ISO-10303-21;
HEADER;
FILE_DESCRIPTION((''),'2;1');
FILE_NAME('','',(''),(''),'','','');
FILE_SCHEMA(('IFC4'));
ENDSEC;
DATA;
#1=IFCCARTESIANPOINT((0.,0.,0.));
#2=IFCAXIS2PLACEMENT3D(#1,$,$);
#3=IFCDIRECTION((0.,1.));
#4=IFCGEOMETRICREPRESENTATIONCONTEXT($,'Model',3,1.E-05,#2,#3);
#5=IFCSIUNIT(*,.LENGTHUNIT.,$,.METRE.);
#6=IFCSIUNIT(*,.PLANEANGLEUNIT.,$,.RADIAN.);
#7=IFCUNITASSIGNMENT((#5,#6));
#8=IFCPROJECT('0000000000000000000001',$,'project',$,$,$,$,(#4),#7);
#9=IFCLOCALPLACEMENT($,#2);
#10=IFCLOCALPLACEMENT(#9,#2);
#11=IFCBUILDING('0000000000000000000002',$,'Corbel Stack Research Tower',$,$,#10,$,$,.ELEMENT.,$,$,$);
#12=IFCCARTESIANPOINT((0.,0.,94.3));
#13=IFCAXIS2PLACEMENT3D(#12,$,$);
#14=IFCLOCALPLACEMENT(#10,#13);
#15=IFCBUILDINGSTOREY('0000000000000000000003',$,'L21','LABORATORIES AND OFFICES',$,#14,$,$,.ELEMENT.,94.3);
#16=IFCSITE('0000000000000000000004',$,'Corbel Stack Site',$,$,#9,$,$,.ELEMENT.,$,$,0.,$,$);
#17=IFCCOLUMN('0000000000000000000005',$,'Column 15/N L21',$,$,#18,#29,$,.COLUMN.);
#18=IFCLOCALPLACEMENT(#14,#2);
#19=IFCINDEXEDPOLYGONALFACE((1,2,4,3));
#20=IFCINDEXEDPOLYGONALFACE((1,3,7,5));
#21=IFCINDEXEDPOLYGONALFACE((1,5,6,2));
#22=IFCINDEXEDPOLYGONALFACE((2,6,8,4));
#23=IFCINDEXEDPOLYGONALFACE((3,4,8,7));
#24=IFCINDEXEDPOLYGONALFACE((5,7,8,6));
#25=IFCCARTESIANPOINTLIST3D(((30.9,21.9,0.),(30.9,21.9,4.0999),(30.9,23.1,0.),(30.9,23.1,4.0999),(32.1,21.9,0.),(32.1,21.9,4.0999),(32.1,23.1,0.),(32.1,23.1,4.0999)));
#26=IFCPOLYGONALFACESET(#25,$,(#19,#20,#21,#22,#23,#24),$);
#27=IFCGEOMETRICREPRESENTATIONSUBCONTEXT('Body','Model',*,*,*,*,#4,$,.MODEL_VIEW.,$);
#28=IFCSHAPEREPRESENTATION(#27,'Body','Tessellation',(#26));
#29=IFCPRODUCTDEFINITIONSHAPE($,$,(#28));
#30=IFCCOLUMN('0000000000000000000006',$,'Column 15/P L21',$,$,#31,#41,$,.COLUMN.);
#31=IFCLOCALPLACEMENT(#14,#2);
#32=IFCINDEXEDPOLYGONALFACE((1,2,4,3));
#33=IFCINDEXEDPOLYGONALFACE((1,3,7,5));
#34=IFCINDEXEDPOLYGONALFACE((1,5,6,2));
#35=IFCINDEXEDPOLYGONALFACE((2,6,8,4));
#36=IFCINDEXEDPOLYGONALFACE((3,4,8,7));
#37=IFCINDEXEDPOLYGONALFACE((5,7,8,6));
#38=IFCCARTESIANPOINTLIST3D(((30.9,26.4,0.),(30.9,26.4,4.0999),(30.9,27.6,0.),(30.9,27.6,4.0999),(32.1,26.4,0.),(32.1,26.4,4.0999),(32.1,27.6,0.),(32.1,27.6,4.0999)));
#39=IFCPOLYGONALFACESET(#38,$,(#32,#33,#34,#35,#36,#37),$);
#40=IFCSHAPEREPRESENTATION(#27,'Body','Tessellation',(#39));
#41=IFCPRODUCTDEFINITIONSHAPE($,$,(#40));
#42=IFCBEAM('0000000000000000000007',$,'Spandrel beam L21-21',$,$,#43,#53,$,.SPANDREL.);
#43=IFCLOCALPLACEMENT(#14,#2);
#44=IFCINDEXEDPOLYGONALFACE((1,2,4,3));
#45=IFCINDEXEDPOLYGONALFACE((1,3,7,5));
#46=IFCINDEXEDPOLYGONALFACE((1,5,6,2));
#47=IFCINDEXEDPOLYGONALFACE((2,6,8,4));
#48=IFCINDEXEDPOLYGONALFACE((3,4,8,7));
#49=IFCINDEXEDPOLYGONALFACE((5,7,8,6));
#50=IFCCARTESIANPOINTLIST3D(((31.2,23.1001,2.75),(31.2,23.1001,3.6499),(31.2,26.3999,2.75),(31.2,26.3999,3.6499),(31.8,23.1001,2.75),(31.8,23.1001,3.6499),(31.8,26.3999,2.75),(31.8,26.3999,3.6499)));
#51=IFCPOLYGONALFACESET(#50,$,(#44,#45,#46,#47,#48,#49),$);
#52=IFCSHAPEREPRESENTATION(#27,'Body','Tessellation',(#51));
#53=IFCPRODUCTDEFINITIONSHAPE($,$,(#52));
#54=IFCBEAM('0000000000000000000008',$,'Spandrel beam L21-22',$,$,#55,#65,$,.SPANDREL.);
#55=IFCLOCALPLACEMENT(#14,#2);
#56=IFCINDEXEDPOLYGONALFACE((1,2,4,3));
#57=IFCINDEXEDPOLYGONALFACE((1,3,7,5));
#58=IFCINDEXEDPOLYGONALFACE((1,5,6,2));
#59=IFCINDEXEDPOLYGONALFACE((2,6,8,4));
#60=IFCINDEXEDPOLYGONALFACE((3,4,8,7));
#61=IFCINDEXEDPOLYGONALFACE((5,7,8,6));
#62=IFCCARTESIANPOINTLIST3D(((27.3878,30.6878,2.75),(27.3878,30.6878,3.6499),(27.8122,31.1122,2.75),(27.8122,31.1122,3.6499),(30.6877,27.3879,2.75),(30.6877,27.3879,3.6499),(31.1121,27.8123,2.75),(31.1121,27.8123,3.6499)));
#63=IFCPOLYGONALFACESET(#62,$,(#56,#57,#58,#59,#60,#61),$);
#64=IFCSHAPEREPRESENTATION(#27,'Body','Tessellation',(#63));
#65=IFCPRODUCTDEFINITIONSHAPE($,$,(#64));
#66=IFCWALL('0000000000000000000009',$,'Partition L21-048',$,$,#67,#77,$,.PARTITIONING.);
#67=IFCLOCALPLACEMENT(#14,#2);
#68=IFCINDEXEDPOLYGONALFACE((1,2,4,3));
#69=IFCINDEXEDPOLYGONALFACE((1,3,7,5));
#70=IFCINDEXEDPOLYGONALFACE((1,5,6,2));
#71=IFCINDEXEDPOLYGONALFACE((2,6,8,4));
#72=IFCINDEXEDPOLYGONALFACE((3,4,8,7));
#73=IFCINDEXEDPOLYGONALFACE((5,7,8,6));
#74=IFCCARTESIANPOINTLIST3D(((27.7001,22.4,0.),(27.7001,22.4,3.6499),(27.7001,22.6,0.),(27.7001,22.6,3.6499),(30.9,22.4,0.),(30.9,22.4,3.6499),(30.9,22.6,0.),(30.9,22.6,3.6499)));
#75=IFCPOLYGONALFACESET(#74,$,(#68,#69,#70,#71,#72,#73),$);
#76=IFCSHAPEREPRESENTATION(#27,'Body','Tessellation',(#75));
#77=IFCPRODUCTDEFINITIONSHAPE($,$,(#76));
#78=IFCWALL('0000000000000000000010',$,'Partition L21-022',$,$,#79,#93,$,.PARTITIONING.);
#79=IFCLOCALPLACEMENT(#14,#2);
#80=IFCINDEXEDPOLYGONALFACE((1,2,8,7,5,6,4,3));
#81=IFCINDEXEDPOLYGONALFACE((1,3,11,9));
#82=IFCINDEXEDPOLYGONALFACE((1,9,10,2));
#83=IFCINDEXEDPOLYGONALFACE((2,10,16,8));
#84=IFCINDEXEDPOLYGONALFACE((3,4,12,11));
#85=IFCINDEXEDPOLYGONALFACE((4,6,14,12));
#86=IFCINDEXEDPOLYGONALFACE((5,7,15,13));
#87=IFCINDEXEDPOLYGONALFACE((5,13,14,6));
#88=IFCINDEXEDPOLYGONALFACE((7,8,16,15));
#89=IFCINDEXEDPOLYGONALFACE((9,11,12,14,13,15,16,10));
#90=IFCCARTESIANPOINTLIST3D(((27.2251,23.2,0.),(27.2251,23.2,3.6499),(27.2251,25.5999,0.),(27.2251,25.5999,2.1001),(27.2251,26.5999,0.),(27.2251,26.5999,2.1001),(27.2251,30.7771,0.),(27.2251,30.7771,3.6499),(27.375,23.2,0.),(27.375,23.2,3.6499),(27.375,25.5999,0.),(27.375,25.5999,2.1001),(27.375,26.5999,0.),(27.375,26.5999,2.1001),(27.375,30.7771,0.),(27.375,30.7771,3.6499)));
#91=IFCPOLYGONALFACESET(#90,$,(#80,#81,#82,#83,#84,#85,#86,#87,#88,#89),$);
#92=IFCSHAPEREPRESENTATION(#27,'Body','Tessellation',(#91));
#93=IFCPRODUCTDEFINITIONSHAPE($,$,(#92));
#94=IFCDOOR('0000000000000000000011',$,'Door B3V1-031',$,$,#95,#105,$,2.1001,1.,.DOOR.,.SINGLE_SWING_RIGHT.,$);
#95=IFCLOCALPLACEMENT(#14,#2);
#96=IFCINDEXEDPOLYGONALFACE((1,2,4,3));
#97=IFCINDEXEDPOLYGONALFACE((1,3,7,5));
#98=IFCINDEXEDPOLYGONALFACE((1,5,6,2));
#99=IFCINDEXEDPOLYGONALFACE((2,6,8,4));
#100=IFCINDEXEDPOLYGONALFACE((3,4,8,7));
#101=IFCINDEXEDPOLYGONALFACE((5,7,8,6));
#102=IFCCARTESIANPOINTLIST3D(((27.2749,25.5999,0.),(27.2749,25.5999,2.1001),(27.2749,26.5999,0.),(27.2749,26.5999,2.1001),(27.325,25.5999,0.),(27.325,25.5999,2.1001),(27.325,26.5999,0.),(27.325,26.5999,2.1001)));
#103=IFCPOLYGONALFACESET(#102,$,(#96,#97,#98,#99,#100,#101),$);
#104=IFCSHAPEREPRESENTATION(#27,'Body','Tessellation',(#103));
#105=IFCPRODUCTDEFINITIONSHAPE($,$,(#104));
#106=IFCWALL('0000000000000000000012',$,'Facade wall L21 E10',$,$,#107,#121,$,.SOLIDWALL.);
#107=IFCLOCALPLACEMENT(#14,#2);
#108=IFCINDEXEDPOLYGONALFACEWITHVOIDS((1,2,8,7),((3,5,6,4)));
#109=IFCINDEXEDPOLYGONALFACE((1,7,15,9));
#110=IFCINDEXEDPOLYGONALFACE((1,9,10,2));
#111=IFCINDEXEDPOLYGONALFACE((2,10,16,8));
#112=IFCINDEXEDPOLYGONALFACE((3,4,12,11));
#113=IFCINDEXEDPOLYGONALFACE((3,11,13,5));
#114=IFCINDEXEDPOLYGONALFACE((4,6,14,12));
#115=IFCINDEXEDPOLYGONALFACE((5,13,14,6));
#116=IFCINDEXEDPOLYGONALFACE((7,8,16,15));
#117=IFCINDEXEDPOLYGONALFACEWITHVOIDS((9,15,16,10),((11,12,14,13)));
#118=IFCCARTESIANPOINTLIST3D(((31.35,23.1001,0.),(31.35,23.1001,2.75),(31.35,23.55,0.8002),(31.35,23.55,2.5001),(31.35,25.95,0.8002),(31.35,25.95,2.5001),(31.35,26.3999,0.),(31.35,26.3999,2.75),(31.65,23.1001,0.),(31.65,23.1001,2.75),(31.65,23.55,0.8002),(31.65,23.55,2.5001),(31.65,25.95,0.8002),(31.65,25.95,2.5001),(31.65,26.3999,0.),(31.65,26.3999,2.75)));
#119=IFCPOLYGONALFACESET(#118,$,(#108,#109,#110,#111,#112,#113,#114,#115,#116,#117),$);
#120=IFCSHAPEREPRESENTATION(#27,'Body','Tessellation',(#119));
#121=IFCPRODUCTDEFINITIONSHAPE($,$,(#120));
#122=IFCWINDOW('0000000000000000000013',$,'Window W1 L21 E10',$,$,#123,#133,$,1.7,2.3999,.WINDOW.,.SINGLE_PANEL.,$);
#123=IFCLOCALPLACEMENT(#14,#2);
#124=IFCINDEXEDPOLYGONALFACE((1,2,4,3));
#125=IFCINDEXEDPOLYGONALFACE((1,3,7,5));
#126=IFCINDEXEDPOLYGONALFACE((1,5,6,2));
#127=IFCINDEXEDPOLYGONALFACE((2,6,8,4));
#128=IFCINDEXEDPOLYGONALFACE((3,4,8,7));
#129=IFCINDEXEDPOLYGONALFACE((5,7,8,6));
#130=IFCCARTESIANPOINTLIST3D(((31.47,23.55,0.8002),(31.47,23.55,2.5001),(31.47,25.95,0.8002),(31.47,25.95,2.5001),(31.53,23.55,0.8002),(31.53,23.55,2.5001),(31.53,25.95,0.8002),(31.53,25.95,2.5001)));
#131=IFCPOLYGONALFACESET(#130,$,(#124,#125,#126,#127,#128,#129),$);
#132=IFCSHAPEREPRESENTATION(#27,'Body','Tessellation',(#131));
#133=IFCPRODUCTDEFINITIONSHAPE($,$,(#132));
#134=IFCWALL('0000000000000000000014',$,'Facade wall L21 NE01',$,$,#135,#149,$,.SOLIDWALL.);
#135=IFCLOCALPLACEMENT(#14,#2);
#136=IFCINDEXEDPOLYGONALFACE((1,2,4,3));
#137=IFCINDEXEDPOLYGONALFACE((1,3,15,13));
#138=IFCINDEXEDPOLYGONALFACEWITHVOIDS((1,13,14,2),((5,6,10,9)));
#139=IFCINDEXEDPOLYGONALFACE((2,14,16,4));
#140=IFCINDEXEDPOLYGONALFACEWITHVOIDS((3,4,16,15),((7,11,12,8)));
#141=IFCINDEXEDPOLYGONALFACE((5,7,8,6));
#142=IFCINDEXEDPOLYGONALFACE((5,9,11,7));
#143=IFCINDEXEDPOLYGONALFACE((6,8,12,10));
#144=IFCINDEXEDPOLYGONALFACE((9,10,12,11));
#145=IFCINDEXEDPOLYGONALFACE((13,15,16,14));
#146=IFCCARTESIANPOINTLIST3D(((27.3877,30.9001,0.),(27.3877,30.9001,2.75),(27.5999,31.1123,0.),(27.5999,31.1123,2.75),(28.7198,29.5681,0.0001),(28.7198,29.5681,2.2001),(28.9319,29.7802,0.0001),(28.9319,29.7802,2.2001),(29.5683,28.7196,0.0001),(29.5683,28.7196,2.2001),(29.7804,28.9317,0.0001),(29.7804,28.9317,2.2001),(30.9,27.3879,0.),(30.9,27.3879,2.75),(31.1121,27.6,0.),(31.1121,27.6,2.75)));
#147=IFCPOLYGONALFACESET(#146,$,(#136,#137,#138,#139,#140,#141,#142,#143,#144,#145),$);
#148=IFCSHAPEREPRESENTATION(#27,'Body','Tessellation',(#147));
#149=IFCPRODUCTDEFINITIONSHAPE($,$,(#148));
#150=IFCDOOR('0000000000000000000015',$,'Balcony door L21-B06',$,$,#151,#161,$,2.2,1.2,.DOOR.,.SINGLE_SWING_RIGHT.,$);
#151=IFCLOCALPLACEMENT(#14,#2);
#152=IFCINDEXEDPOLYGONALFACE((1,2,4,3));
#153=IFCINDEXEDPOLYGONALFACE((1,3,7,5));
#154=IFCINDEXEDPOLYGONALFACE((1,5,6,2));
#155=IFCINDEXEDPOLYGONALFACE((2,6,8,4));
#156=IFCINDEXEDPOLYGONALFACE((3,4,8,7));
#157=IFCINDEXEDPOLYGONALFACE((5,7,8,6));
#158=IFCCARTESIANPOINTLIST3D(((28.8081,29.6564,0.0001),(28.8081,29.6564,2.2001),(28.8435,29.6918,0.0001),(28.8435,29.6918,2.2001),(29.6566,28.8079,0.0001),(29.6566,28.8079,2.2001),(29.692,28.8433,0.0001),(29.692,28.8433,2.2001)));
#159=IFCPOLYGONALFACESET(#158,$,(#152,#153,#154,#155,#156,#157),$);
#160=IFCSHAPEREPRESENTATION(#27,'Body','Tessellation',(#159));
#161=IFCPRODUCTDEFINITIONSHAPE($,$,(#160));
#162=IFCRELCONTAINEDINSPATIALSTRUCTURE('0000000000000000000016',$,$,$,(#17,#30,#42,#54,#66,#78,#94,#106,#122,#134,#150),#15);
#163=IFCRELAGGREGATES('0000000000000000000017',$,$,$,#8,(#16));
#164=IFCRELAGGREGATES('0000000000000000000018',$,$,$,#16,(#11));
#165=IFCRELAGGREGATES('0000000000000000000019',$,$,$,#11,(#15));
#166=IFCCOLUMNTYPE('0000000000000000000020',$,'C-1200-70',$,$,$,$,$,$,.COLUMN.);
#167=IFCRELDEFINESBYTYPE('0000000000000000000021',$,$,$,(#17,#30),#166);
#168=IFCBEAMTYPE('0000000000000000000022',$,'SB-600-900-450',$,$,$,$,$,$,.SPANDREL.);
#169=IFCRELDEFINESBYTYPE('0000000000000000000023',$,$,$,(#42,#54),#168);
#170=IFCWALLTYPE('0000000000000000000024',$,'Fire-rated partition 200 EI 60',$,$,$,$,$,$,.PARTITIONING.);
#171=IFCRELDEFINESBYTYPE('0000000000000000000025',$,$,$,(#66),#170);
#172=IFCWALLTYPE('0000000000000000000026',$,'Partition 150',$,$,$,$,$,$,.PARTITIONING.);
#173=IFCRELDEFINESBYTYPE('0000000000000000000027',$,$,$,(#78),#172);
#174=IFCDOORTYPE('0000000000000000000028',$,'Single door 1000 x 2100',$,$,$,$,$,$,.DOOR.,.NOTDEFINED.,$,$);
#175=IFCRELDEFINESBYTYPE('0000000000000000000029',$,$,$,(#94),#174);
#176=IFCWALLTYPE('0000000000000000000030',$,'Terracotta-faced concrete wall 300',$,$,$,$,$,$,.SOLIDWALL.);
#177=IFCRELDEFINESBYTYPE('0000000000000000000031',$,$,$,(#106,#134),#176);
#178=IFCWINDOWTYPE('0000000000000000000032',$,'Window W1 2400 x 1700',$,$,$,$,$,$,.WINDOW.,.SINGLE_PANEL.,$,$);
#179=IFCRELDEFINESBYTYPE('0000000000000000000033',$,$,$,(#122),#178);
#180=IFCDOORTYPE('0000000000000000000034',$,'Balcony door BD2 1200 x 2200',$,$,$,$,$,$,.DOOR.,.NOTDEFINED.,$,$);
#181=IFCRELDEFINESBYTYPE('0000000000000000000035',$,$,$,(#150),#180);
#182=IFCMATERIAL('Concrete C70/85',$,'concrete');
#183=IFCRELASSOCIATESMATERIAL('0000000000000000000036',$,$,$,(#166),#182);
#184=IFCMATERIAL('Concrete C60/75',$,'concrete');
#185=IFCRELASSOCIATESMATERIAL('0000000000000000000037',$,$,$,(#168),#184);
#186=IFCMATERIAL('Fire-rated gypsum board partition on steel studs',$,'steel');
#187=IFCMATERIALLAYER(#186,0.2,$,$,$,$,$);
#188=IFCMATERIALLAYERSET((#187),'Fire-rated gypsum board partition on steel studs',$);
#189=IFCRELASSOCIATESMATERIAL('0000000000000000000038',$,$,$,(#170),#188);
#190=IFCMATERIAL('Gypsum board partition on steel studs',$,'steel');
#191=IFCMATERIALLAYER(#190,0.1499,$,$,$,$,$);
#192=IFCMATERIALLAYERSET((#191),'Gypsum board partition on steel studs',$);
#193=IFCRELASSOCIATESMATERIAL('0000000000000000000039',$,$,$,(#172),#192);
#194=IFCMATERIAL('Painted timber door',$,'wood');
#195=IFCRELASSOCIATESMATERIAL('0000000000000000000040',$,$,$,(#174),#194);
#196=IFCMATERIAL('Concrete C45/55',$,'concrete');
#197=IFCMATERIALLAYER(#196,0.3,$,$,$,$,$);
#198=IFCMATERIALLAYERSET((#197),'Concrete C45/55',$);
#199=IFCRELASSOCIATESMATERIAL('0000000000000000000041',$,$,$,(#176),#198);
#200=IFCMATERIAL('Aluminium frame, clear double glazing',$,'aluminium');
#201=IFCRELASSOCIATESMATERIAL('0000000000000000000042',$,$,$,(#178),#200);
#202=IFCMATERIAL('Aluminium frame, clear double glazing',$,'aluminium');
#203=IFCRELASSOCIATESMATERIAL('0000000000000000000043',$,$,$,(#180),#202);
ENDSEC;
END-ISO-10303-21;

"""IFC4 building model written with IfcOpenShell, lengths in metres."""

from ifc_helpers import new_model, si_unit, direction, frame, frame_2d, origin, origin_2d, place, context, subcontext, project, spatial, rectangle, extrude, material, layer, layer_set, material_profile, profile_set, type_object, element, fill, save


model = new_model("IFC4")

# Units and contexts
model_context = context("Model", 3, precision=1e-05, world=origin(), true_north=direction((0.0, 1.0)))
body_context = subcontext(model_context, "Body", "Model", "MODEL_VIEW")
ifc_project = project(units=[si_unit("LENGTHUNIT", "METRE"), si_unit("PLANEANGLEUNIT", "RADIAN")], contexts=[model_context])

# Site, building, storey
site_placement = place(None, origin())
site = spatial("IfcSite", under=ifc_project, at=site_placement, Name="Corbel Stack Site", CompositionType="ELEMENT", RefElevation=0.0)
building_placement = place(site_placement, origin())
building = spatial("IfcBuilding", under=site, at=building_placement, Name="Corbel Stack Research Tower", CompositionType="ELEMENT")
storey_placement = place(building_placement, frame((0.0, 0.0, 94.3)))
storey = spatial("IfcBuildingStorey", under=building, at=storey_placement, Name="L21", Description="LABORATORIES AND OFFICES", CompositionType="ELEMENT", Elevation=94.3)

# Columns
ifc_material_1 = material(Name="Concrete C70/85", Category="concrete")
ifc_material_profile_1 = material_profile(ifc_material_1, rectangle(XDim=1.2, YDim=1.2, at=origin_2d()), Name="RC 1200 x 1200")
ifc_profile_set_1 = profile_set([ifc_material_profile_1], Name="Concrete C70/85")
column_type = type_object("IfcColumnType", Name="C-1200-70", PredefinedType="COLUMN", material=ifc_profile_set_1)
for number, where, z_axis, x_axis, name in (
    (1, (31.5, 22.5, 0.0), (0.0, 0.0, 1.0), (1.0, 0.0, 0.0), "Column 15/N L21"),
    (2, (31.5, 27.0, 0.0), (0.0, 0.0, 1.0), (1.0, 0.0, 0.0), "Column 15/P L21"),
):
    element("IfcColumn", number, at=place(storey_placement, frame(where, z_axis=z_axis, x_axis=x_axis)), inside=storey, type_object=column_type, Name=name, PredefinedType="COLUMN", context=body_context, shape_type="SweptSolid", body=[
        extrude(rectangle(XDim=1.2, YDim=1.2, at=origin_2d()), origin(), (0.0, 0.0, 1.0), 4.0999),
    ])

# Beams
ifc_material_2 = material(Name="Concrete C60/75", Category="concrete")
ifc_material_profile_2 = material_profile(ifc_material_2, rectangle(XDim=0.6001, YDim=0.8999, at=origin_2d()), Name="RC 600 x 900")
ifc_profile_set_2 = profile_set([ifc_material_profile_2], Name="Concrete C60/75")
beam_type = type_object("IfcBeamType", Name="SB-600-900-450", PredefinedType="SPANDREL", material=ifc_profile_set_2)
beam_1_placement = place(storey_placement, frame((31.5, 23.1001, 3.2), z_axis=(0.0, 1.0, 0.0), x_axis=(-1.0, 0.0, 0.0)))
element("IfcBeam", 3, at=beam_1_placement, inside=storey, type_object=beam_type, Name="Spandrel beam L21-21", PredefinedType="SPANDREL", context=body_context, shape_type="SweptSolid", body=[
    extrude(rectangle(XDim=0.6001, YDim=0.8999, at=origin_2d()), origin(), (0.0, 0.0, 1.0), 3.2998),
])
beam_2_placement = place(storey_placement, frame((30.8999, 27.6001, 3.2), z_axis=(-0.707107, 0.707107, 0.0), x_axis=(-0.707107, -0.707107, 0.0)))
element("IfcBeam", 4, at=beam_2_placement, inside=storey, type_object=beam_type, Name="Spandrel beam L21-22", PredefinedType="SPANDREL", context=body_context, shape_type="SweptSolid", body=[
    extrude(rectangle(XDim=0.6001, YDim=0.8999, at=origin_2d()), origin(), (0.0, 0.0, 1.0), 4.6667),
])

# Wall
ifc_material_3 = material(Name="Fire-rated gypsum board partition on steel studs", Category="steel")
ifc_layer_1 = layer(ifc_material_3, 0.2)
ifc_layer_set_1 = layer_set([ifc_layer_1], Name="Fire-rated gypsum board partition on steel studs")
wall_type_1 = type_object("IfcWallType", Name="Fire-rated partition 200 EI 60", PredefinedType="PARTITIONING", material=ifc_layer_set_1)
wall_1_placement = place(storey_placement, frame((27.7, 22.5, 0.0), z_axis=(0.0, 0.0, 1.0), x_axis=(1.0, 0.0, 0.0)))
element("IfcWall", 5, at=wall_1_placement, inside=storey, type_object=wall_type_1, Name="Partition L21-048", PredefinedType="PARTITIONING", context=body_context, shape_type="SweptSolid", body=[
    extrude(rectangle(XDim=3.2, YDim=0.2, at=frame_2d((1.6001, 0.0))), origin(), (0.0, 0.0, 1.0), 3.6499),
])

# Wall, opening, door
ifc_material_4 = material(Name="Gypsum board partition on steel studs", Category="steel")
ifc_layer_2 = layer(ifc_material_4, 0.1499)
ifc_layer_set_2 = layer_set([ifc_layer_2], Name="Gypsum board partition on steel studs")
wall_type_2 = type_object("IfcWallType", Name="Partition 150", PredefinedType="PARTITIONING", material=ifc_layer_set_2)
wall_2_placement = place(storey_placement, frame((27.3, 30.7771, 0.0), z_axis=(0.0, 0.0, 1.0), x_axis=(0.0, -1.0, 0.0)))
wall_2 = element("IfcWall", 6, at=wall_2_placement, inside=storey, type_object=wall_type_2, Name="Partition L21-022", PredefinedType="PARTITIONING", context=body_context, shape_type="SweptSolid", body=[
    extrude(rectangle(XDim=7.5771, YDim=0.1499, at=frame_2d((3.7886, 0.0))), origin(), (0.0, 0.0, 1.0), 3.6499),
])
opening_1_placement = place(wall_2_placement, frame((4.1772, 0.0, 0.0)))
opening_1 = element("IfcOpeningElement", 7, at=opening_1_placement, cuts=wall_2, PredefinedType="OPENING", context=body_context, shape_type="SweptSolid", body=[
    extrude(rectangle(XDim=1.0, YDim=2.1001, at=frame_2d((0.5, 1.05))), frame((0.0, 0.085, 0.0), z_axis=(0.0, -1.0, 0.0), x_axis=(1.0, 0.0, 0.0)), (0.0, 0.0, 1.0), 0.1699),
])
ifc_material_5 = material(Name="Painted timber door", Category="wood")
door_type_1 = type_object("IfcDoorType", Name="Single door 1000 x 2100", OperationType="NOTDEFINED", PredefinedType="DOOR", material=ifc_material_5)
door_1_placement = place(opening_1_placement, origin())
door_1 = element("IfcDoor", 8, at=door_1_placement, inside=storey, type_object=door_type_1, Name="Door B3V1-031", OperationType="SINGLE_SWING_RIGHT", OverallHeight=2.1001, OverallWidth=1.0, PredefinedType="DOOR", context=body_context, shape_type="SweptSolid", body=[
    extrude(rectangle(XDim=1.0, YDim=2.1001, at=frame_2d((0.5, 1.05))), frame((0.0, 0.0249, 0.0), z_axis=(0.0, -1.0, 0.0), x_axis=(1.0, 0.0, 0.0)), (0.0, 0.0, 1.0), 0.05),
])
fill(opening_1, door_1)

# Wall, opening, window
ifc_material_6 = material(Name="Concrete C45/55", Category="concrete")
ifc_layer_3 = layer(ifc_material_6, 0.3)
ifc_layer_set_3 = layer_set([ifc_layer_3], Name="Concrete C45/55")
wall_type_3 = type_object("IfcWallType", Name="Terracotta-faced concrete wall 300", PredefinedType="SOLIDWALL", material=ifc_layer_set_3)
wall_3_placement = place(storey_placement, frame((31.5, 26.3999, 0.0), z_axis=(0.0, 0.0, 1.0), x_axis=(0.0, -1.0, 0.0)))
wall_3 = element("IfcWall", 9, at=wall_3_placement, inside=storey, type_object=wall_type_3, Name="Facade wall L21 E10", PredefinedType="SOLIDWALL", context=body_context, shape_type="SweptSolid", body=[
    extrude(rectangle(XDim=3.2998, YDim=0.3, at=frame_2d((1.6499, 0.0))), origin(), (0.0, 0.0, 1.0), 2.75),
])
opening_2_placement = place(wall_3_placement, frame((0.45, 0.0, 0.8)))
opening_2 = element("IfcOpeningElement", 10, at=opening_2_placement, cuts=wall_3, PredefinedType="OPENING", context=body_context, shape_type="SweptSolid", body=[
    extrude(rectangle(XDim=2.3999, YDim=1.7, at=frame_2d((1.2, 0.8501))), frame((0.0, 0.1599, 0.0), z_axis=(0.0, -1.0, 0.0), x_axis=(1.0, 0.0, 0.0)), (0.0, 0.0, 1.0), 0.3201),
])
ifc_material_7 = material(Name="Aluminium frame, clear double glazing", Category="aluminium")
window_type = type_object("IfcWindowType", Name="Window W1 2400 x 1700", PartitioningType="SINGLE_PANEL", PredefinedType="WINDOW", material=ifc_material_7)
window_placement = place(opening_2_placement, origin())
window = element("IfcWindow", 11, at=window_placement, inside=storey, type_object=window_type, Name="Window W1 L21 E10", OverallHeight=1.7, OverallWidth=2.3999, PartitioningType="SINGLE_PANEL", PredefinedType="WINDOW", context=body_context, shape_type="SweptSolid", body=[
    extrude(rectangle(XDim=2.3999, YDim=1.7, at=frame_2d((1.2, 0.8501))), frame((0.0, 0.03, 0.0), z_axis=(0.0, -1.0, 0.0), x_axis=(1.0, 0.0, 0.0)), (0.0, 0.0, 1.0), 0.0601),
])
fill(opening_2, window)

# Wall, opening, door
wall_4_placement = place(storey_placement, frame((27.4939, 31.0061, 0.0), z_axis=(0.0, 0.0, 1.0), x_axis=(0.707107, -0.707107, 0.0)))
wall_4 = element("IfcWall", 12, at=wall_4_placement, inside=storey, type_object=wall_type_3, Name="Facade wall L21 NE01", PredefinedType="SOLIDWALL", context=body_context, shape_type="SweptSolid", body=[
    extrude(rectangle(XDim=4.967, YDim=0.3, at=frame_2d((2.4834, 0.0))), origin(), (0.0, 0.0, 1.0), 2.75),
])
opening_3_placement = place(wall_4_placement, frame((1.8835, 0.0, 0.0)))
opening_3 = element("IfcOpeningElement", 13, at=opening_3_placement, cuts=wall_4, PredefinedType="OPENING", context=body_context, shape_type="SweptSolid", body=[
    extrude(rectangle(XDim=1.2, YDim=2.2, at=frame_2d((0.6001, 1.1001))), frame((0.0, 0.1599, 0.0), z_axis=(0.0, -1.0, 0.0), x_axis=(1.0, 0.0, 0.0)), (0.0, 0.0, 1.0), 0.3201),
])
ifc_material_8 = material(Name="Aluminium frame, clear double glazing", Category="aluminium")
door_type_2 = type_object("IfcDoorType", Name="Balcony door BD2 1200 x 2200", OperationType="NOTDEFINED", PredefinedType="DOOR", material=ifc_material_8)
door_2_placement = place(opening_3_placement, origin())
door_2 = element("IfcDoor", 14, at=door_2_placement, inside=storey, type_object=door_type_2, Name="Balcony door L21-B06", OperationType="SINGLE_SWING_RIGHT", OverallHeight=2.2, OverallWidth=1.2, PredefinedType="DOOR", context=body_context, shape_type="SweptSolid", body=[
    extrude(rectangle(XDim=1.2, YDim=2.2, at=frame_2d((0.6001, 1.1001))), frame((0.0, 0.0249, 0.0), z_axis=(0.0, -1.0, 0.0), x_axis=(1.0, 0.0, 0.0)), (0.0, 0.0, 1.0), 0.05),
])
fill(opening_3, door_2)

save(model, "model.ifc")
